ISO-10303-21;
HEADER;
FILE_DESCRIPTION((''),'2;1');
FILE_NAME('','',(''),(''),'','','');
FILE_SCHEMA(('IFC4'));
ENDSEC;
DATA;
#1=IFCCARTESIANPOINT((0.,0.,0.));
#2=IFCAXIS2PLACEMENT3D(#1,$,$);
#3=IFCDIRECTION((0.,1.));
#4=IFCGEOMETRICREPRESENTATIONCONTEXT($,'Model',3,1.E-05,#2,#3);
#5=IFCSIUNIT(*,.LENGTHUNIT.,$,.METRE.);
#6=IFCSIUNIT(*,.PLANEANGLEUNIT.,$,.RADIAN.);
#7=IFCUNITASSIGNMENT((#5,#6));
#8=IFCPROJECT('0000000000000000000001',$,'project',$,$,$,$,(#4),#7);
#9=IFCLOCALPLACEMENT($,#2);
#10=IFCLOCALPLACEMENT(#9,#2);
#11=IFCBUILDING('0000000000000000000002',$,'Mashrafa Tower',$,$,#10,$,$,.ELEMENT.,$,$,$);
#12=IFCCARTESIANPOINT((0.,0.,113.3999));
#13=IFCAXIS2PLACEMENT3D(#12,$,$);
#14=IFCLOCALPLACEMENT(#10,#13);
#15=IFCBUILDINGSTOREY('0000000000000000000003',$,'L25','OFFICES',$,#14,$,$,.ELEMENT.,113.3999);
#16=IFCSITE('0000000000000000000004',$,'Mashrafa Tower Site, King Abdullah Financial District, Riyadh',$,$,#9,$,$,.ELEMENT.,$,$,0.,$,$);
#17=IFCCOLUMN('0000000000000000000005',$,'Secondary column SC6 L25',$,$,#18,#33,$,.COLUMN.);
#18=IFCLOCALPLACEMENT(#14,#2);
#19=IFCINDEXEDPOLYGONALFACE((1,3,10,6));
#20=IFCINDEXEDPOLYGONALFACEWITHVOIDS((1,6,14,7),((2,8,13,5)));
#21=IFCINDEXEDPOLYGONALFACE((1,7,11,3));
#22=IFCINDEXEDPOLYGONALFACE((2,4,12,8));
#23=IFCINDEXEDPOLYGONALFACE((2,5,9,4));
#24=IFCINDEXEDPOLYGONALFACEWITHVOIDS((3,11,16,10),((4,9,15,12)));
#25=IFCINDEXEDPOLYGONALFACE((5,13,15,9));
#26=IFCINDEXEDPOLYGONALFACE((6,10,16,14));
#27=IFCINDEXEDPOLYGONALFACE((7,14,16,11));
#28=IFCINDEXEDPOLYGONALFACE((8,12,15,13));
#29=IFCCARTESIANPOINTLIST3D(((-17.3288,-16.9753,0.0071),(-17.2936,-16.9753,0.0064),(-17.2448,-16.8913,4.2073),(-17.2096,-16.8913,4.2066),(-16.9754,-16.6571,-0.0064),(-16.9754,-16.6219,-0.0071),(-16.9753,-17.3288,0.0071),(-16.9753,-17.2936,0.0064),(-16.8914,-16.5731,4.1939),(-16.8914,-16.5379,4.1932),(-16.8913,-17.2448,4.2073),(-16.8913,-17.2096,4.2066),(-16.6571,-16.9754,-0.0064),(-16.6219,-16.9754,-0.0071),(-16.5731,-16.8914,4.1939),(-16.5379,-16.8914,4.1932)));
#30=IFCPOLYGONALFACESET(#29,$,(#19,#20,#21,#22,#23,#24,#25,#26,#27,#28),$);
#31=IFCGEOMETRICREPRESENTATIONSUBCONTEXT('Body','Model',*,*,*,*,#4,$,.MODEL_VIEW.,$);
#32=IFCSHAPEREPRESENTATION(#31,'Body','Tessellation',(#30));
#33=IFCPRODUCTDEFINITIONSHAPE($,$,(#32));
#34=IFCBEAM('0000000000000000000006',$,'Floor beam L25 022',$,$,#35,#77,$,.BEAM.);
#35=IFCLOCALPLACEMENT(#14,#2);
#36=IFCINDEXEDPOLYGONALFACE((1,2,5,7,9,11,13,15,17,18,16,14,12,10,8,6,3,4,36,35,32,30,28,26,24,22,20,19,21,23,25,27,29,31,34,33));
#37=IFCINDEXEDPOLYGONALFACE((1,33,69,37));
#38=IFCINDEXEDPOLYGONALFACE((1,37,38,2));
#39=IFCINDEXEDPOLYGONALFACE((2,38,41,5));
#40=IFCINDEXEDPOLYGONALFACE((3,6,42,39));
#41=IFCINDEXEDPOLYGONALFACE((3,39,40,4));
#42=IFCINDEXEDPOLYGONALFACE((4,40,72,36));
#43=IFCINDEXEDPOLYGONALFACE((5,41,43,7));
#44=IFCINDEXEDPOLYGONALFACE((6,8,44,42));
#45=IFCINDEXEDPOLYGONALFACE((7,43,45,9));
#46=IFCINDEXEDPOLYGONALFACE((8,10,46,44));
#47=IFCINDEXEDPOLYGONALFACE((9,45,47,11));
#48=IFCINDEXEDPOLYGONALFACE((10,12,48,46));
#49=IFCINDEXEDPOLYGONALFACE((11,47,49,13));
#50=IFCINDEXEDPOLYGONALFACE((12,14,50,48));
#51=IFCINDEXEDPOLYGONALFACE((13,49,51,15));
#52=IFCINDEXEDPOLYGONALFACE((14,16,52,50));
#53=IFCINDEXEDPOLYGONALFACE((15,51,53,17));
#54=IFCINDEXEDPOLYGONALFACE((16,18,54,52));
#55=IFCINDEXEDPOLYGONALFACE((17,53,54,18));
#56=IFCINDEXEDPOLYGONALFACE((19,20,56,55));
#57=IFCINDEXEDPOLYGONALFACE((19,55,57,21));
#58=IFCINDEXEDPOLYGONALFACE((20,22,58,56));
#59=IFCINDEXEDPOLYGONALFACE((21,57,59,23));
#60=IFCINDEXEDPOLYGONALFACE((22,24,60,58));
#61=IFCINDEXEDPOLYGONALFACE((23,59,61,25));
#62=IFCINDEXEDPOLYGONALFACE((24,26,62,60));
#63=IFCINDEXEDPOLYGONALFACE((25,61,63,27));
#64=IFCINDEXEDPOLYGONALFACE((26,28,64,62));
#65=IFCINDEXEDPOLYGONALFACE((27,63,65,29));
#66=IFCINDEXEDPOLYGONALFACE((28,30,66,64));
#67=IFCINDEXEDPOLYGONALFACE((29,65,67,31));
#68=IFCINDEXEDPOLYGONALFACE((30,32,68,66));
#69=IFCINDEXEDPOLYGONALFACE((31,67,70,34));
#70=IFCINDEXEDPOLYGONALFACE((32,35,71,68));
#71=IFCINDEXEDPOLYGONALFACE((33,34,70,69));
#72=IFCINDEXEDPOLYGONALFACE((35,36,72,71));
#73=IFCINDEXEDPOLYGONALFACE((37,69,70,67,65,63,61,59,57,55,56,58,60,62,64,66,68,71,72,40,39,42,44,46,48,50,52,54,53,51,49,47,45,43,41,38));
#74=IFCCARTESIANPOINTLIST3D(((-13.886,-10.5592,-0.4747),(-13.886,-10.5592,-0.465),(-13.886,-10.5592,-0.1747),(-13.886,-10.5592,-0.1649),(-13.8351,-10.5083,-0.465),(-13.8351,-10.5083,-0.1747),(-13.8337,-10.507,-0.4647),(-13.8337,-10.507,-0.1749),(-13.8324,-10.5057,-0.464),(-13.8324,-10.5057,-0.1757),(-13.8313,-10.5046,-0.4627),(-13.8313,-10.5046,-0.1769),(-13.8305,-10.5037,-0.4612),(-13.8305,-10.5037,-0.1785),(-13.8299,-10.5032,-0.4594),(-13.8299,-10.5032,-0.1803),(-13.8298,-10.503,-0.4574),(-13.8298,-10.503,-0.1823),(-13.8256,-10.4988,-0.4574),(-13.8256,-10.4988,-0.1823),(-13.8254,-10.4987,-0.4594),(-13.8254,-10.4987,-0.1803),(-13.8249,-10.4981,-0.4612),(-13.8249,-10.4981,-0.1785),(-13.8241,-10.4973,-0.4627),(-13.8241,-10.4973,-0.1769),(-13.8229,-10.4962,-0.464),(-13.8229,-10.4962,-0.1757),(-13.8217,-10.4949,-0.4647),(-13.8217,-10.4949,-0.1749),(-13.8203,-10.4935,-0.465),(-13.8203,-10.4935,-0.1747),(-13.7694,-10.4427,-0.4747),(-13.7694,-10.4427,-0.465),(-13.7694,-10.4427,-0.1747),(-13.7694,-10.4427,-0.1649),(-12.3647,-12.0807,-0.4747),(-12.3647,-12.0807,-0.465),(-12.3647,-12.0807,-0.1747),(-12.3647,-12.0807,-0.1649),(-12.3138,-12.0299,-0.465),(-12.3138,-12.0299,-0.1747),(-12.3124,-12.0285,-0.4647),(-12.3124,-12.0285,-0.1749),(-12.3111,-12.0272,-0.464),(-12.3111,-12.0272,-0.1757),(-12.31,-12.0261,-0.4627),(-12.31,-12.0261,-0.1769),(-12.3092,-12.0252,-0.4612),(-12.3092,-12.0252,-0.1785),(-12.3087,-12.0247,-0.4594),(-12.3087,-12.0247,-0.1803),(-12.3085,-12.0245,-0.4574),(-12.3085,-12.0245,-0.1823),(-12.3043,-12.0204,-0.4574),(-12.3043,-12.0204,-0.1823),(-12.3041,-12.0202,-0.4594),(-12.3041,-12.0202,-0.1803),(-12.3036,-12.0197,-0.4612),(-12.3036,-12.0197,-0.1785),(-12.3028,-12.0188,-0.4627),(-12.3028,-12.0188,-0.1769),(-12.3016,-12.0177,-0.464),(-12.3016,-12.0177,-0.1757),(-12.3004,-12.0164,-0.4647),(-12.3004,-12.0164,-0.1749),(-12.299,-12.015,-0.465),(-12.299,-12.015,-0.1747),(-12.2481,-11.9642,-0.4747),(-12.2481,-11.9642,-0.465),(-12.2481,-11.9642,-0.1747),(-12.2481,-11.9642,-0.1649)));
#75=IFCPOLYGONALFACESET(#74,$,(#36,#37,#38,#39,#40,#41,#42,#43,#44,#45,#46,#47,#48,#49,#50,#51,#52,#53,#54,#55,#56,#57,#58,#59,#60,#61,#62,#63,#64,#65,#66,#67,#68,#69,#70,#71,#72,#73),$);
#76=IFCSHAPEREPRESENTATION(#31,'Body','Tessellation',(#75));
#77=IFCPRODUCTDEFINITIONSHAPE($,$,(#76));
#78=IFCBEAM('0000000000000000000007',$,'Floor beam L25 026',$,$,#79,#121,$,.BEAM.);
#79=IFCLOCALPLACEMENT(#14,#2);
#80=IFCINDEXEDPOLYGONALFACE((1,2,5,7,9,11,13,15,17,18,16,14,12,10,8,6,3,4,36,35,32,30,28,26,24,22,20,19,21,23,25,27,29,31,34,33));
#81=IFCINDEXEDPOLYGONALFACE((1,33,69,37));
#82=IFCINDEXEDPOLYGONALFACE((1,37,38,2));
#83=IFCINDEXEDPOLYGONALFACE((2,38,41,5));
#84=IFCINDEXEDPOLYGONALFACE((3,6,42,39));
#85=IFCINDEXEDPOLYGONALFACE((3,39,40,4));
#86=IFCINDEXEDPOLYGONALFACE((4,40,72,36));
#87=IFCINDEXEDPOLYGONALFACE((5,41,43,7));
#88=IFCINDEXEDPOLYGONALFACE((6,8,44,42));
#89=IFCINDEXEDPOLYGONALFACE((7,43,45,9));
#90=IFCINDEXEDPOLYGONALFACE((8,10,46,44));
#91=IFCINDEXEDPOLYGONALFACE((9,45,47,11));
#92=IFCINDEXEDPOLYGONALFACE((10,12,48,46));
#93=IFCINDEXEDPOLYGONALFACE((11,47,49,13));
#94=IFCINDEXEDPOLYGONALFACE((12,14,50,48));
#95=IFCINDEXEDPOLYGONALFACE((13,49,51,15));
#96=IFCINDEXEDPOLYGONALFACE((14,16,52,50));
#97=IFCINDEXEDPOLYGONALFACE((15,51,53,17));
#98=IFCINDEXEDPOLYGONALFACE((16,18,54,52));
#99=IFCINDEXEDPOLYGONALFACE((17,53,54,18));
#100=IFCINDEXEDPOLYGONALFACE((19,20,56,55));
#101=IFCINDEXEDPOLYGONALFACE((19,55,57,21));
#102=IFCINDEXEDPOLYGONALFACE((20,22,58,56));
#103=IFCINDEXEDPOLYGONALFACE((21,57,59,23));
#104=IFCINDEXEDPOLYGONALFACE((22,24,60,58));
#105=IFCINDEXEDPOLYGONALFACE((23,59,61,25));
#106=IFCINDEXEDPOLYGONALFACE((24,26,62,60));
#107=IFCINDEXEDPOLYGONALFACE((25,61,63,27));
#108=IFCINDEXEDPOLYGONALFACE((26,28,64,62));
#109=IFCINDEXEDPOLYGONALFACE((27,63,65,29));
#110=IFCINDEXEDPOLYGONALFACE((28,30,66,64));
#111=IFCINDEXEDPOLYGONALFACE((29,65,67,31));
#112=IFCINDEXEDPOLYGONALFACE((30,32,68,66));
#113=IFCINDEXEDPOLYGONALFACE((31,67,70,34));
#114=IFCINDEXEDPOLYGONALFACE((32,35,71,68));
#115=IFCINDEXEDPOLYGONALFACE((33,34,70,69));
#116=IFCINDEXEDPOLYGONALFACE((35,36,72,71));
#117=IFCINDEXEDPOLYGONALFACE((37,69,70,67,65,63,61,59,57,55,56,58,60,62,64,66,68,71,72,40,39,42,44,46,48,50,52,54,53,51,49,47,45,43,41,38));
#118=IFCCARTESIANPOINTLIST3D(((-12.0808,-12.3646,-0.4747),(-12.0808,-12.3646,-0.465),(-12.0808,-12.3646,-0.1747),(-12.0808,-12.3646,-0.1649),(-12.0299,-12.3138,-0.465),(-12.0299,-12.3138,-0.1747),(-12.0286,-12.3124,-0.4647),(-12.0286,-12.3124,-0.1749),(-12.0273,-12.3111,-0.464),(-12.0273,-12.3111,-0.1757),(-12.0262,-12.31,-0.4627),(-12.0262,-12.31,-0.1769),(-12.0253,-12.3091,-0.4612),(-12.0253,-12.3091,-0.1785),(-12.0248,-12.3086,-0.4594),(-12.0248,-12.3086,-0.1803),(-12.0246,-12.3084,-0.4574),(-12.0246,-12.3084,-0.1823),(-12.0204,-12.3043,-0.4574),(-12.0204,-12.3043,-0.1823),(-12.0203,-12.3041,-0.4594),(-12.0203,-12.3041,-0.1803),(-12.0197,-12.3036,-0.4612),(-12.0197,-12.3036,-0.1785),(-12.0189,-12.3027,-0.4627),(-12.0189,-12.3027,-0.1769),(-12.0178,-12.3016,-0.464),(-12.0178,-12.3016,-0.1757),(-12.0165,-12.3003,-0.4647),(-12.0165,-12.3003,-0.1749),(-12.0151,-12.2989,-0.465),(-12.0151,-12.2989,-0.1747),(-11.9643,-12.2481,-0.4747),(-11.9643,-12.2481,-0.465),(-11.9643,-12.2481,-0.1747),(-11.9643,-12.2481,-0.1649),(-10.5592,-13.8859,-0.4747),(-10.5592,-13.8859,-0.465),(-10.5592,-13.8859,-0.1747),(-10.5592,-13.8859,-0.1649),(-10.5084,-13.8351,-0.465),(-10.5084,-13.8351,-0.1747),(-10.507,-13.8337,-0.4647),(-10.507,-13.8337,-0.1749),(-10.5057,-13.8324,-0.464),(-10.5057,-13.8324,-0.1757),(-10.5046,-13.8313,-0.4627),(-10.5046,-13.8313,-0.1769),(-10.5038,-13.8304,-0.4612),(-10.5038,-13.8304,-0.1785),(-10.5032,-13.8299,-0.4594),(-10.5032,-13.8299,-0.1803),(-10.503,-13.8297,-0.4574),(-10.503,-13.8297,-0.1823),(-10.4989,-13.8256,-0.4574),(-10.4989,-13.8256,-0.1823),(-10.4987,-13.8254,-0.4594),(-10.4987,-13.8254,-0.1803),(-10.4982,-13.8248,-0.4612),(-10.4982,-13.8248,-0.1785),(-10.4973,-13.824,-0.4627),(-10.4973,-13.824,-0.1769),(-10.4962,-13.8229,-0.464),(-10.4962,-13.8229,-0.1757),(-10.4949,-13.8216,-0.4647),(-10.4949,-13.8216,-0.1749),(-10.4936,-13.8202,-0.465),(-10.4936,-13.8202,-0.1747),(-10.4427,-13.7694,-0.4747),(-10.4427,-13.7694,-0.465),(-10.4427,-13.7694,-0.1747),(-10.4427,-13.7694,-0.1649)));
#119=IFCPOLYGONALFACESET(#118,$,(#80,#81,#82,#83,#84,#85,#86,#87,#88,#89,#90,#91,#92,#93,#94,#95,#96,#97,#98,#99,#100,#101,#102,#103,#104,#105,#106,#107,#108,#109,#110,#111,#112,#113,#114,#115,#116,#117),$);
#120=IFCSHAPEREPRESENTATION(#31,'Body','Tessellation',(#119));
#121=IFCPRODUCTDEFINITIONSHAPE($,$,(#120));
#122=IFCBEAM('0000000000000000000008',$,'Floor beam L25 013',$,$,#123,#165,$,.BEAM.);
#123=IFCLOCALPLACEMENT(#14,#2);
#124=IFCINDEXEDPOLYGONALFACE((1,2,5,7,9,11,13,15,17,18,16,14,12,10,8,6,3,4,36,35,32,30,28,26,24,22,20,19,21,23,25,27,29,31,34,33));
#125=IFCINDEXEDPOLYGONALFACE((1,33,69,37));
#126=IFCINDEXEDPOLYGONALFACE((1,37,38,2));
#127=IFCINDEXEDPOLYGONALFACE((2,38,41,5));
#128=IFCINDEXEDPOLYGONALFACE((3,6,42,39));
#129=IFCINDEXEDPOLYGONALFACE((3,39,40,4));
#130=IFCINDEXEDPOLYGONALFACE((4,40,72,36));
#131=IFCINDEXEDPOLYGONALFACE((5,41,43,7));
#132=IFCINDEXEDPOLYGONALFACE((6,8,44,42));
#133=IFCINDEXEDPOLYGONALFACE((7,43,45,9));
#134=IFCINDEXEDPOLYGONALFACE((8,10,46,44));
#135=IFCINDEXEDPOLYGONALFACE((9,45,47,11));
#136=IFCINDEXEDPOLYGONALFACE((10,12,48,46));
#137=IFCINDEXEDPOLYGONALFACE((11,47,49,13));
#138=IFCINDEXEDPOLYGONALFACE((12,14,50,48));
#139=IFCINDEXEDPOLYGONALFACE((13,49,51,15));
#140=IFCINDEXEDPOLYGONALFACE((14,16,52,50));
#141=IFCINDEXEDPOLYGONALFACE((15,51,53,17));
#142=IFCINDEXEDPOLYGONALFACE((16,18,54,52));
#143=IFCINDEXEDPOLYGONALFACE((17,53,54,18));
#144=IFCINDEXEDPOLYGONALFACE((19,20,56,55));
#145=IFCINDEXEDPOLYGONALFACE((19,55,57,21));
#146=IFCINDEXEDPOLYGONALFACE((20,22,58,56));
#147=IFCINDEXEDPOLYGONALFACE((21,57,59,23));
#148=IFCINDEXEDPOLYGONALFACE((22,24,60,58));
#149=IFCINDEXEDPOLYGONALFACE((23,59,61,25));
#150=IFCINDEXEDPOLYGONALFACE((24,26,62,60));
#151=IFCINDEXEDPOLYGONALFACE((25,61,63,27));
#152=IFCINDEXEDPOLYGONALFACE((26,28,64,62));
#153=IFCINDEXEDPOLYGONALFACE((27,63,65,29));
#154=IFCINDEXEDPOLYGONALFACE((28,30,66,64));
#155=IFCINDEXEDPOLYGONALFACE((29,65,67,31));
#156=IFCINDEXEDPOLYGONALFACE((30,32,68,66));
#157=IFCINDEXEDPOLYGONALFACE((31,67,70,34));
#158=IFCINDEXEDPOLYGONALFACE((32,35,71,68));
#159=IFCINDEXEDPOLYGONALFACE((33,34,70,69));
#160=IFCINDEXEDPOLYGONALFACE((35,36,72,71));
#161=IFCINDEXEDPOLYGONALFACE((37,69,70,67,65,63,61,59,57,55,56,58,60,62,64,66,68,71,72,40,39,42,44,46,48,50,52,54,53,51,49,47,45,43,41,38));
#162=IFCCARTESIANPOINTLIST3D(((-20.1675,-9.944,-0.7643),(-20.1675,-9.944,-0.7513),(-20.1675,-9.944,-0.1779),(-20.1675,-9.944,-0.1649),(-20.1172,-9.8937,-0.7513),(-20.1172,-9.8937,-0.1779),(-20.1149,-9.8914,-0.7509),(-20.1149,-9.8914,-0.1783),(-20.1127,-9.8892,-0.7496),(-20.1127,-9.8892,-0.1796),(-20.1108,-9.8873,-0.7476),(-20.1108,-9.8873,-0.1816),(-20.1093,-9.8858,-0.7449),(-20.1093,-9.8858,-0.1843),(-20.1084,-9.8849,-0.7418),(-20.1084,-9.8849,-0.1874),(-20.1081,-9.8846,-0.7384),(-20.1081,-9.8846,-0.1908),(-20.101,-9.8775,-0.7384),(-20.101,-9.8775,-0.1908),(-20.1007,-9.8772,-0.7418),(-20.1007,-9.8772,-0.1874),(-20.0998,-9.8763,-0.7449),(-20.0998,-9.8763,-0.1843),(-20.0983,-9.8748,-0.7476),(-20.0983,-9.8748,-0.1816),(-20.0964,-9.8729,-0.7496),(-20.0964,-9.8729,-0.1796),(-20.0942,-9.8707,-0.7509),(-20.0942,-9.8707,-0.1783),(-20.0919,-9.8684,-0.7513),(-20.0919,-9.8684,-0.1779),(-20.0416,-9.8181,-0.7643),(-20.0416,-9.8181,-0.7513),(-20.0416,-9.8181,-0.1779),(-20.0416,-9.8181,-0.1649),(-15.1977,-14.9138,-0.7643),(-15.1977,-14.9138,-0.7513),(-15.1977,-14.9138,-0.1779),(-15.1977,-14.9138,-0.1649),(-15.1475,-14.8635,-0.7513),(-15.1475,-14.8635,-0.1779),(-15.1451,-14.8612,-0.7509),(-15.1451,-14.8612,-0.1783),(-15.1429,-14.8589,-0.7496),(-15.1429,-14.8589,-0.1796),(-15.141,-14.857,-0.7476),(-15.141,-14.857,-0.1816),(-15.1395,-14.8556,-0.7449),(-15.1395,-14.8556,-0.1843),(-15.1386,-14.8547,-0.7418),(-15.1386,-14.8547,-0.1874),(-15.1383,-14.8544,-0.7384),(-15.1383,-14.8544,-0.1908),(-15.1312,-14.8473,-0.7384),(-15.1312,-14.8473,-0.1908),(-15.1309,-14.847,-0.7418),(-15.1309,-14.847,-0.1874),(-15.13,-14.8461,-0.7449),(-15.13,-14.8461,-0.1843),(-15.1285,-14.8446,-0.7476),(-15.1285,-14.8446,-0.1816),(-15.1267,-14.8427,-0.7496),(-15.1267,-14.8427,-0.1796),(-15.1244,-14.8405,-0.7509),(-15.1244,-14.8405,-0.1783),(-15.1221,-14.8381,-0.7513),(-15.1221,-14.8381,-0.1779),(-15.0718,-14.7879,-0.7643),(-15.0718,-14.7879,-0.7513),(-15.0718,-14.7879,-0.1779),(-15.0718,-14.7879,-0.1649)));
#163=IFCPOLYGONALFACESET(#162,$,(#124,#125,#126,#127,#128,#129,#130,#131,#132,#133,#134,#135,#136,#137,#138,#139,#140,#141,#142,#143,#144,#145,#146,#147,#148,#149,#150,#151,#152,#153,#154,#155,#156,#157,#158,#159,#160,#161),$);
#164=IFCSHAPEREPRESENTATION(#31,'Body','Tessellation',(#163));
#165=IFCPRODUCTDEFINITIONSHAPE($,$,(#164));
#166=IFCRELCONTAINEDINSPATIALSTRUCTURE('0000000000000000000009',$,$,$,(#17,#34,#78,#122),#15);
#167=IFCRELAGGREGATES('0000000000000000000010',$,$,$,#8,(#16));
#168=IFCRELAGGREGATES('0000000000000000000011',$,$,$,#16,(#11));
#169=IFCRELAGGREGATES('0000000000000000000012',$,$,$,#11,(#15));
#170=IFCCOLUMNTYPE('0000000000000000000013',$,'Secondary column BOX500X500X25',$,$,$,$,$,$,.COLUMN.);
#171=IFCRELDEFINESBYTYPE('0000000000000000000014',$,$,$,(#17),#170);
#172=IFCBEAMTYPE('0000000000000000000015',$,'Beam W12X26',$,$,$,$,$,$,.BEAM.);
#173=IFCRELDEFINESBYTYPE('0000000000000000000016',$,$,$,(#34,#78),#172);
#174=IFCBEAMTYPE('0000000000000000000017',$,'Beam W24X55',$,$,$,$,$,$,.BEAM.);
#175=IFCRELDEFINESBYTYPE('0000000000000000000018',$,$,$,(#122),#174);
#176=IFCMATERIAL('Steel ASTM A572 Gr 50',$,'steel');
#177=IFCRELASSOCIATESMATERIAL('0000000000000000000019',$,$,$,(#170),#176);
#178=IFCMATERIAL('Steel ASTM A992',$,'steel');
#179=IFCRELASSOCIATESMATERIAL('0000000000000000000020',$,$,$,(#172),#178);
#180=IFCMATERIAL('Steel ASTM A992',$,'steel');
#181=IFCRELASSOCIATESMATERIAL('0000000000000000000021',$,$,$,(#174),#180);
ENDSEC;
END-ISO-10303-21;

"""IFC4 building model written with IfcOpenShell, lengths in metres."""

from ifc_helpers import new_model, si_unit, direction, frame, origin, origin_2d, place, context, subcontext, project, spatial, hollow_rectangle, i_section, extrude, material, material_profile, profile_set, type_object, element, save


model = new_model("IFC4")

# Units and contexts
model_context = context("Model", 3, precision=1e-05, world=origin(), true_north=direction((0.0, 1.0)))
body_context = subcontext(model_context, "Body", "Model", "MODEL_VIEW")
ifc_project = project(units=[si_unit("LENGTHUNIT", "METRE"), si_unit("PLANEANGLEUNIT", "RADIAN")], contexts=[model_context])

# Site, building, storey
site_placement = place(None, origin())
site = spatial("IfcSite", under=ifc_project, at=site_placement, Name="Mashrafa Tower Site, King Abdullah Financial District, Riyadh", CompositionType="ELEMENT", RefElevation=0.0)
building_placement = place(site_placement, origin())
building = spatial("IfcBuilding", under=site, at=building_placement, Name="Mashrafa Tower", CompositionType="ELEMENT")
storey_placement = place(building_placement, frame((0.0, 0.0, 113.3999)))
storey = spatial("IfcBuildingStorey", under=building, at=storey_placement, Name="L25", Description="OFFICES", CompositionType="ELEMENT", Elevation=113.3999)

# Column
ifc_material_1 = material(Name="Steel ASTM A572 Gr 50", Category="steel")
ifc_material_profile_1 = material_profile(ifc_material_1, hollow_rectangle(XDim=0.5, YDim=0.5, WallThickness=0.0249, at=origin_2d()), Name="BOX500X500X25")
ifc_profile_set_1 = profile_set([ifc_material_profile_1], Name="Steel ASTM A572 Gr 50")
column_type = type_object("IfcColumnType", Name="Secondary column BOX500X500X25", PredefinedType="COLUMN", material=ifc_profile_set_1)
column_placement = place(storey_placement, frame((-16.9753, -16.9753, 0.0), z_axis=(0.019987, 0.019987, 0.9996), x_axis=(-0.707107, 0.707107, 0.0)))
element("IfcColumn", 1, at=column_placement, inside=storey, type_object=column_type, Name="Secondary column SC6 L25", PredefinedType="COLUMN", context=body_context, shape_type="SweptSolid", body=[
    extrude(hollow_rectangle(XDim=0.5, YDim=0.5, WallThickness=0.0249, at=origin_2d()), origin(), (0.0, 0.0, 1.0), 4.2019),
])

# Beams
ifc_material_2 = material(Name="Steel ASTM A992", Category="steel")
ifc_material_profile_2 = material_profile(ifc_material_2, i_section(OverallWidth=0.1648, OverallDepth=0.3098, WebThickness=0.0059, FlangeThickness=0.0098, FilletRadius=0.0076, at=origin_2d()), Name="W12X26")
ifc_profile_set_2 = profile_set([ifc_material_profile_2], Name="Steel ASTM A992")
beam_type_1 = type_object("IfcBeamType", Name="Beam W12X26", PredefinedType="BEAM", material=ifc_profile_set_2)
for number, where, z_axis, x_axis, name in (
    (2, (-12.3064, -12.0225, -0.3198), (-0.70705, 0.707164, 0.0), (-0.707164, -0.70705, 0.0), "Floor beam L25 022"),
    (3, (-10.501, -13.8276, -0.3198), (-0.707164, 0.70705, 0.0), (-0.70705, -0.707164, 0.0), "Floor beam L25 026"),
):
    element("IfcBeam", number, at=place(storey_placement, frame(where, z_axis=z_axis, x_axis=x_axis)), inside=storey, type_object=beam_type_1, Name=name, PredefinedType="BEAM", context=body_context, shape_type="SweptSolid", body=[
        extrude(i_section(OverallWidth=0.1648, OverallDepth=0.3098, WebThickness=0.0059, FlangeThickness=0.0098, FilletRadius=0.0076, at=origin_2d()), origin(), (0.0, 0.0, 1.0), 2.1516),
    ])
ifc_material_3 = material(Name="Steel ASTM A992", Category="steel")
ifc_material_profile_3 = material_profile(ifc_material_3, i_section(OverallWidth=0.178, OverallDepth=0.5994, WebThickness=0.01, FlangeThickness=0.0129, FilletRadius=0.0129, at=origin_2d()), Name="W24X55")
ifc_profile_set_3 = profile_set([ifc_material_profile_3], Name="Steel ASTM A992")
beam_type_2 = type_object("IfcBeamType", Name="Beam W24X55", PredefinedType="BEAM", material=ifc_profile_set_3)
beam_1_placement = place(storey_placement, frame((-15.1348, -14.8508, -0.4646), z_axis=(-0.707107, 0.707107, 0.0), x_axis=(-0.707107, -0.707107, 0.0)))
element("IfcBeam", 4, at=beam_1_placement, inside=storey, type_object=beam_type_2, Name="Floor beam L25 013", PredefinedType="BEAM", context=body_context, shape_type="SweptSolid", body=[
    extrude(i_section(OverallWidth=0.178, OverallDepth=0.5994, WebThickness=0.01, FlangeThickness=0.0129, FilletRadius=0.0129, at=origin_2d()), origin(), (0.0, 0.0, 1.0), 7.0283),
])

save(model, "model.ifc")
